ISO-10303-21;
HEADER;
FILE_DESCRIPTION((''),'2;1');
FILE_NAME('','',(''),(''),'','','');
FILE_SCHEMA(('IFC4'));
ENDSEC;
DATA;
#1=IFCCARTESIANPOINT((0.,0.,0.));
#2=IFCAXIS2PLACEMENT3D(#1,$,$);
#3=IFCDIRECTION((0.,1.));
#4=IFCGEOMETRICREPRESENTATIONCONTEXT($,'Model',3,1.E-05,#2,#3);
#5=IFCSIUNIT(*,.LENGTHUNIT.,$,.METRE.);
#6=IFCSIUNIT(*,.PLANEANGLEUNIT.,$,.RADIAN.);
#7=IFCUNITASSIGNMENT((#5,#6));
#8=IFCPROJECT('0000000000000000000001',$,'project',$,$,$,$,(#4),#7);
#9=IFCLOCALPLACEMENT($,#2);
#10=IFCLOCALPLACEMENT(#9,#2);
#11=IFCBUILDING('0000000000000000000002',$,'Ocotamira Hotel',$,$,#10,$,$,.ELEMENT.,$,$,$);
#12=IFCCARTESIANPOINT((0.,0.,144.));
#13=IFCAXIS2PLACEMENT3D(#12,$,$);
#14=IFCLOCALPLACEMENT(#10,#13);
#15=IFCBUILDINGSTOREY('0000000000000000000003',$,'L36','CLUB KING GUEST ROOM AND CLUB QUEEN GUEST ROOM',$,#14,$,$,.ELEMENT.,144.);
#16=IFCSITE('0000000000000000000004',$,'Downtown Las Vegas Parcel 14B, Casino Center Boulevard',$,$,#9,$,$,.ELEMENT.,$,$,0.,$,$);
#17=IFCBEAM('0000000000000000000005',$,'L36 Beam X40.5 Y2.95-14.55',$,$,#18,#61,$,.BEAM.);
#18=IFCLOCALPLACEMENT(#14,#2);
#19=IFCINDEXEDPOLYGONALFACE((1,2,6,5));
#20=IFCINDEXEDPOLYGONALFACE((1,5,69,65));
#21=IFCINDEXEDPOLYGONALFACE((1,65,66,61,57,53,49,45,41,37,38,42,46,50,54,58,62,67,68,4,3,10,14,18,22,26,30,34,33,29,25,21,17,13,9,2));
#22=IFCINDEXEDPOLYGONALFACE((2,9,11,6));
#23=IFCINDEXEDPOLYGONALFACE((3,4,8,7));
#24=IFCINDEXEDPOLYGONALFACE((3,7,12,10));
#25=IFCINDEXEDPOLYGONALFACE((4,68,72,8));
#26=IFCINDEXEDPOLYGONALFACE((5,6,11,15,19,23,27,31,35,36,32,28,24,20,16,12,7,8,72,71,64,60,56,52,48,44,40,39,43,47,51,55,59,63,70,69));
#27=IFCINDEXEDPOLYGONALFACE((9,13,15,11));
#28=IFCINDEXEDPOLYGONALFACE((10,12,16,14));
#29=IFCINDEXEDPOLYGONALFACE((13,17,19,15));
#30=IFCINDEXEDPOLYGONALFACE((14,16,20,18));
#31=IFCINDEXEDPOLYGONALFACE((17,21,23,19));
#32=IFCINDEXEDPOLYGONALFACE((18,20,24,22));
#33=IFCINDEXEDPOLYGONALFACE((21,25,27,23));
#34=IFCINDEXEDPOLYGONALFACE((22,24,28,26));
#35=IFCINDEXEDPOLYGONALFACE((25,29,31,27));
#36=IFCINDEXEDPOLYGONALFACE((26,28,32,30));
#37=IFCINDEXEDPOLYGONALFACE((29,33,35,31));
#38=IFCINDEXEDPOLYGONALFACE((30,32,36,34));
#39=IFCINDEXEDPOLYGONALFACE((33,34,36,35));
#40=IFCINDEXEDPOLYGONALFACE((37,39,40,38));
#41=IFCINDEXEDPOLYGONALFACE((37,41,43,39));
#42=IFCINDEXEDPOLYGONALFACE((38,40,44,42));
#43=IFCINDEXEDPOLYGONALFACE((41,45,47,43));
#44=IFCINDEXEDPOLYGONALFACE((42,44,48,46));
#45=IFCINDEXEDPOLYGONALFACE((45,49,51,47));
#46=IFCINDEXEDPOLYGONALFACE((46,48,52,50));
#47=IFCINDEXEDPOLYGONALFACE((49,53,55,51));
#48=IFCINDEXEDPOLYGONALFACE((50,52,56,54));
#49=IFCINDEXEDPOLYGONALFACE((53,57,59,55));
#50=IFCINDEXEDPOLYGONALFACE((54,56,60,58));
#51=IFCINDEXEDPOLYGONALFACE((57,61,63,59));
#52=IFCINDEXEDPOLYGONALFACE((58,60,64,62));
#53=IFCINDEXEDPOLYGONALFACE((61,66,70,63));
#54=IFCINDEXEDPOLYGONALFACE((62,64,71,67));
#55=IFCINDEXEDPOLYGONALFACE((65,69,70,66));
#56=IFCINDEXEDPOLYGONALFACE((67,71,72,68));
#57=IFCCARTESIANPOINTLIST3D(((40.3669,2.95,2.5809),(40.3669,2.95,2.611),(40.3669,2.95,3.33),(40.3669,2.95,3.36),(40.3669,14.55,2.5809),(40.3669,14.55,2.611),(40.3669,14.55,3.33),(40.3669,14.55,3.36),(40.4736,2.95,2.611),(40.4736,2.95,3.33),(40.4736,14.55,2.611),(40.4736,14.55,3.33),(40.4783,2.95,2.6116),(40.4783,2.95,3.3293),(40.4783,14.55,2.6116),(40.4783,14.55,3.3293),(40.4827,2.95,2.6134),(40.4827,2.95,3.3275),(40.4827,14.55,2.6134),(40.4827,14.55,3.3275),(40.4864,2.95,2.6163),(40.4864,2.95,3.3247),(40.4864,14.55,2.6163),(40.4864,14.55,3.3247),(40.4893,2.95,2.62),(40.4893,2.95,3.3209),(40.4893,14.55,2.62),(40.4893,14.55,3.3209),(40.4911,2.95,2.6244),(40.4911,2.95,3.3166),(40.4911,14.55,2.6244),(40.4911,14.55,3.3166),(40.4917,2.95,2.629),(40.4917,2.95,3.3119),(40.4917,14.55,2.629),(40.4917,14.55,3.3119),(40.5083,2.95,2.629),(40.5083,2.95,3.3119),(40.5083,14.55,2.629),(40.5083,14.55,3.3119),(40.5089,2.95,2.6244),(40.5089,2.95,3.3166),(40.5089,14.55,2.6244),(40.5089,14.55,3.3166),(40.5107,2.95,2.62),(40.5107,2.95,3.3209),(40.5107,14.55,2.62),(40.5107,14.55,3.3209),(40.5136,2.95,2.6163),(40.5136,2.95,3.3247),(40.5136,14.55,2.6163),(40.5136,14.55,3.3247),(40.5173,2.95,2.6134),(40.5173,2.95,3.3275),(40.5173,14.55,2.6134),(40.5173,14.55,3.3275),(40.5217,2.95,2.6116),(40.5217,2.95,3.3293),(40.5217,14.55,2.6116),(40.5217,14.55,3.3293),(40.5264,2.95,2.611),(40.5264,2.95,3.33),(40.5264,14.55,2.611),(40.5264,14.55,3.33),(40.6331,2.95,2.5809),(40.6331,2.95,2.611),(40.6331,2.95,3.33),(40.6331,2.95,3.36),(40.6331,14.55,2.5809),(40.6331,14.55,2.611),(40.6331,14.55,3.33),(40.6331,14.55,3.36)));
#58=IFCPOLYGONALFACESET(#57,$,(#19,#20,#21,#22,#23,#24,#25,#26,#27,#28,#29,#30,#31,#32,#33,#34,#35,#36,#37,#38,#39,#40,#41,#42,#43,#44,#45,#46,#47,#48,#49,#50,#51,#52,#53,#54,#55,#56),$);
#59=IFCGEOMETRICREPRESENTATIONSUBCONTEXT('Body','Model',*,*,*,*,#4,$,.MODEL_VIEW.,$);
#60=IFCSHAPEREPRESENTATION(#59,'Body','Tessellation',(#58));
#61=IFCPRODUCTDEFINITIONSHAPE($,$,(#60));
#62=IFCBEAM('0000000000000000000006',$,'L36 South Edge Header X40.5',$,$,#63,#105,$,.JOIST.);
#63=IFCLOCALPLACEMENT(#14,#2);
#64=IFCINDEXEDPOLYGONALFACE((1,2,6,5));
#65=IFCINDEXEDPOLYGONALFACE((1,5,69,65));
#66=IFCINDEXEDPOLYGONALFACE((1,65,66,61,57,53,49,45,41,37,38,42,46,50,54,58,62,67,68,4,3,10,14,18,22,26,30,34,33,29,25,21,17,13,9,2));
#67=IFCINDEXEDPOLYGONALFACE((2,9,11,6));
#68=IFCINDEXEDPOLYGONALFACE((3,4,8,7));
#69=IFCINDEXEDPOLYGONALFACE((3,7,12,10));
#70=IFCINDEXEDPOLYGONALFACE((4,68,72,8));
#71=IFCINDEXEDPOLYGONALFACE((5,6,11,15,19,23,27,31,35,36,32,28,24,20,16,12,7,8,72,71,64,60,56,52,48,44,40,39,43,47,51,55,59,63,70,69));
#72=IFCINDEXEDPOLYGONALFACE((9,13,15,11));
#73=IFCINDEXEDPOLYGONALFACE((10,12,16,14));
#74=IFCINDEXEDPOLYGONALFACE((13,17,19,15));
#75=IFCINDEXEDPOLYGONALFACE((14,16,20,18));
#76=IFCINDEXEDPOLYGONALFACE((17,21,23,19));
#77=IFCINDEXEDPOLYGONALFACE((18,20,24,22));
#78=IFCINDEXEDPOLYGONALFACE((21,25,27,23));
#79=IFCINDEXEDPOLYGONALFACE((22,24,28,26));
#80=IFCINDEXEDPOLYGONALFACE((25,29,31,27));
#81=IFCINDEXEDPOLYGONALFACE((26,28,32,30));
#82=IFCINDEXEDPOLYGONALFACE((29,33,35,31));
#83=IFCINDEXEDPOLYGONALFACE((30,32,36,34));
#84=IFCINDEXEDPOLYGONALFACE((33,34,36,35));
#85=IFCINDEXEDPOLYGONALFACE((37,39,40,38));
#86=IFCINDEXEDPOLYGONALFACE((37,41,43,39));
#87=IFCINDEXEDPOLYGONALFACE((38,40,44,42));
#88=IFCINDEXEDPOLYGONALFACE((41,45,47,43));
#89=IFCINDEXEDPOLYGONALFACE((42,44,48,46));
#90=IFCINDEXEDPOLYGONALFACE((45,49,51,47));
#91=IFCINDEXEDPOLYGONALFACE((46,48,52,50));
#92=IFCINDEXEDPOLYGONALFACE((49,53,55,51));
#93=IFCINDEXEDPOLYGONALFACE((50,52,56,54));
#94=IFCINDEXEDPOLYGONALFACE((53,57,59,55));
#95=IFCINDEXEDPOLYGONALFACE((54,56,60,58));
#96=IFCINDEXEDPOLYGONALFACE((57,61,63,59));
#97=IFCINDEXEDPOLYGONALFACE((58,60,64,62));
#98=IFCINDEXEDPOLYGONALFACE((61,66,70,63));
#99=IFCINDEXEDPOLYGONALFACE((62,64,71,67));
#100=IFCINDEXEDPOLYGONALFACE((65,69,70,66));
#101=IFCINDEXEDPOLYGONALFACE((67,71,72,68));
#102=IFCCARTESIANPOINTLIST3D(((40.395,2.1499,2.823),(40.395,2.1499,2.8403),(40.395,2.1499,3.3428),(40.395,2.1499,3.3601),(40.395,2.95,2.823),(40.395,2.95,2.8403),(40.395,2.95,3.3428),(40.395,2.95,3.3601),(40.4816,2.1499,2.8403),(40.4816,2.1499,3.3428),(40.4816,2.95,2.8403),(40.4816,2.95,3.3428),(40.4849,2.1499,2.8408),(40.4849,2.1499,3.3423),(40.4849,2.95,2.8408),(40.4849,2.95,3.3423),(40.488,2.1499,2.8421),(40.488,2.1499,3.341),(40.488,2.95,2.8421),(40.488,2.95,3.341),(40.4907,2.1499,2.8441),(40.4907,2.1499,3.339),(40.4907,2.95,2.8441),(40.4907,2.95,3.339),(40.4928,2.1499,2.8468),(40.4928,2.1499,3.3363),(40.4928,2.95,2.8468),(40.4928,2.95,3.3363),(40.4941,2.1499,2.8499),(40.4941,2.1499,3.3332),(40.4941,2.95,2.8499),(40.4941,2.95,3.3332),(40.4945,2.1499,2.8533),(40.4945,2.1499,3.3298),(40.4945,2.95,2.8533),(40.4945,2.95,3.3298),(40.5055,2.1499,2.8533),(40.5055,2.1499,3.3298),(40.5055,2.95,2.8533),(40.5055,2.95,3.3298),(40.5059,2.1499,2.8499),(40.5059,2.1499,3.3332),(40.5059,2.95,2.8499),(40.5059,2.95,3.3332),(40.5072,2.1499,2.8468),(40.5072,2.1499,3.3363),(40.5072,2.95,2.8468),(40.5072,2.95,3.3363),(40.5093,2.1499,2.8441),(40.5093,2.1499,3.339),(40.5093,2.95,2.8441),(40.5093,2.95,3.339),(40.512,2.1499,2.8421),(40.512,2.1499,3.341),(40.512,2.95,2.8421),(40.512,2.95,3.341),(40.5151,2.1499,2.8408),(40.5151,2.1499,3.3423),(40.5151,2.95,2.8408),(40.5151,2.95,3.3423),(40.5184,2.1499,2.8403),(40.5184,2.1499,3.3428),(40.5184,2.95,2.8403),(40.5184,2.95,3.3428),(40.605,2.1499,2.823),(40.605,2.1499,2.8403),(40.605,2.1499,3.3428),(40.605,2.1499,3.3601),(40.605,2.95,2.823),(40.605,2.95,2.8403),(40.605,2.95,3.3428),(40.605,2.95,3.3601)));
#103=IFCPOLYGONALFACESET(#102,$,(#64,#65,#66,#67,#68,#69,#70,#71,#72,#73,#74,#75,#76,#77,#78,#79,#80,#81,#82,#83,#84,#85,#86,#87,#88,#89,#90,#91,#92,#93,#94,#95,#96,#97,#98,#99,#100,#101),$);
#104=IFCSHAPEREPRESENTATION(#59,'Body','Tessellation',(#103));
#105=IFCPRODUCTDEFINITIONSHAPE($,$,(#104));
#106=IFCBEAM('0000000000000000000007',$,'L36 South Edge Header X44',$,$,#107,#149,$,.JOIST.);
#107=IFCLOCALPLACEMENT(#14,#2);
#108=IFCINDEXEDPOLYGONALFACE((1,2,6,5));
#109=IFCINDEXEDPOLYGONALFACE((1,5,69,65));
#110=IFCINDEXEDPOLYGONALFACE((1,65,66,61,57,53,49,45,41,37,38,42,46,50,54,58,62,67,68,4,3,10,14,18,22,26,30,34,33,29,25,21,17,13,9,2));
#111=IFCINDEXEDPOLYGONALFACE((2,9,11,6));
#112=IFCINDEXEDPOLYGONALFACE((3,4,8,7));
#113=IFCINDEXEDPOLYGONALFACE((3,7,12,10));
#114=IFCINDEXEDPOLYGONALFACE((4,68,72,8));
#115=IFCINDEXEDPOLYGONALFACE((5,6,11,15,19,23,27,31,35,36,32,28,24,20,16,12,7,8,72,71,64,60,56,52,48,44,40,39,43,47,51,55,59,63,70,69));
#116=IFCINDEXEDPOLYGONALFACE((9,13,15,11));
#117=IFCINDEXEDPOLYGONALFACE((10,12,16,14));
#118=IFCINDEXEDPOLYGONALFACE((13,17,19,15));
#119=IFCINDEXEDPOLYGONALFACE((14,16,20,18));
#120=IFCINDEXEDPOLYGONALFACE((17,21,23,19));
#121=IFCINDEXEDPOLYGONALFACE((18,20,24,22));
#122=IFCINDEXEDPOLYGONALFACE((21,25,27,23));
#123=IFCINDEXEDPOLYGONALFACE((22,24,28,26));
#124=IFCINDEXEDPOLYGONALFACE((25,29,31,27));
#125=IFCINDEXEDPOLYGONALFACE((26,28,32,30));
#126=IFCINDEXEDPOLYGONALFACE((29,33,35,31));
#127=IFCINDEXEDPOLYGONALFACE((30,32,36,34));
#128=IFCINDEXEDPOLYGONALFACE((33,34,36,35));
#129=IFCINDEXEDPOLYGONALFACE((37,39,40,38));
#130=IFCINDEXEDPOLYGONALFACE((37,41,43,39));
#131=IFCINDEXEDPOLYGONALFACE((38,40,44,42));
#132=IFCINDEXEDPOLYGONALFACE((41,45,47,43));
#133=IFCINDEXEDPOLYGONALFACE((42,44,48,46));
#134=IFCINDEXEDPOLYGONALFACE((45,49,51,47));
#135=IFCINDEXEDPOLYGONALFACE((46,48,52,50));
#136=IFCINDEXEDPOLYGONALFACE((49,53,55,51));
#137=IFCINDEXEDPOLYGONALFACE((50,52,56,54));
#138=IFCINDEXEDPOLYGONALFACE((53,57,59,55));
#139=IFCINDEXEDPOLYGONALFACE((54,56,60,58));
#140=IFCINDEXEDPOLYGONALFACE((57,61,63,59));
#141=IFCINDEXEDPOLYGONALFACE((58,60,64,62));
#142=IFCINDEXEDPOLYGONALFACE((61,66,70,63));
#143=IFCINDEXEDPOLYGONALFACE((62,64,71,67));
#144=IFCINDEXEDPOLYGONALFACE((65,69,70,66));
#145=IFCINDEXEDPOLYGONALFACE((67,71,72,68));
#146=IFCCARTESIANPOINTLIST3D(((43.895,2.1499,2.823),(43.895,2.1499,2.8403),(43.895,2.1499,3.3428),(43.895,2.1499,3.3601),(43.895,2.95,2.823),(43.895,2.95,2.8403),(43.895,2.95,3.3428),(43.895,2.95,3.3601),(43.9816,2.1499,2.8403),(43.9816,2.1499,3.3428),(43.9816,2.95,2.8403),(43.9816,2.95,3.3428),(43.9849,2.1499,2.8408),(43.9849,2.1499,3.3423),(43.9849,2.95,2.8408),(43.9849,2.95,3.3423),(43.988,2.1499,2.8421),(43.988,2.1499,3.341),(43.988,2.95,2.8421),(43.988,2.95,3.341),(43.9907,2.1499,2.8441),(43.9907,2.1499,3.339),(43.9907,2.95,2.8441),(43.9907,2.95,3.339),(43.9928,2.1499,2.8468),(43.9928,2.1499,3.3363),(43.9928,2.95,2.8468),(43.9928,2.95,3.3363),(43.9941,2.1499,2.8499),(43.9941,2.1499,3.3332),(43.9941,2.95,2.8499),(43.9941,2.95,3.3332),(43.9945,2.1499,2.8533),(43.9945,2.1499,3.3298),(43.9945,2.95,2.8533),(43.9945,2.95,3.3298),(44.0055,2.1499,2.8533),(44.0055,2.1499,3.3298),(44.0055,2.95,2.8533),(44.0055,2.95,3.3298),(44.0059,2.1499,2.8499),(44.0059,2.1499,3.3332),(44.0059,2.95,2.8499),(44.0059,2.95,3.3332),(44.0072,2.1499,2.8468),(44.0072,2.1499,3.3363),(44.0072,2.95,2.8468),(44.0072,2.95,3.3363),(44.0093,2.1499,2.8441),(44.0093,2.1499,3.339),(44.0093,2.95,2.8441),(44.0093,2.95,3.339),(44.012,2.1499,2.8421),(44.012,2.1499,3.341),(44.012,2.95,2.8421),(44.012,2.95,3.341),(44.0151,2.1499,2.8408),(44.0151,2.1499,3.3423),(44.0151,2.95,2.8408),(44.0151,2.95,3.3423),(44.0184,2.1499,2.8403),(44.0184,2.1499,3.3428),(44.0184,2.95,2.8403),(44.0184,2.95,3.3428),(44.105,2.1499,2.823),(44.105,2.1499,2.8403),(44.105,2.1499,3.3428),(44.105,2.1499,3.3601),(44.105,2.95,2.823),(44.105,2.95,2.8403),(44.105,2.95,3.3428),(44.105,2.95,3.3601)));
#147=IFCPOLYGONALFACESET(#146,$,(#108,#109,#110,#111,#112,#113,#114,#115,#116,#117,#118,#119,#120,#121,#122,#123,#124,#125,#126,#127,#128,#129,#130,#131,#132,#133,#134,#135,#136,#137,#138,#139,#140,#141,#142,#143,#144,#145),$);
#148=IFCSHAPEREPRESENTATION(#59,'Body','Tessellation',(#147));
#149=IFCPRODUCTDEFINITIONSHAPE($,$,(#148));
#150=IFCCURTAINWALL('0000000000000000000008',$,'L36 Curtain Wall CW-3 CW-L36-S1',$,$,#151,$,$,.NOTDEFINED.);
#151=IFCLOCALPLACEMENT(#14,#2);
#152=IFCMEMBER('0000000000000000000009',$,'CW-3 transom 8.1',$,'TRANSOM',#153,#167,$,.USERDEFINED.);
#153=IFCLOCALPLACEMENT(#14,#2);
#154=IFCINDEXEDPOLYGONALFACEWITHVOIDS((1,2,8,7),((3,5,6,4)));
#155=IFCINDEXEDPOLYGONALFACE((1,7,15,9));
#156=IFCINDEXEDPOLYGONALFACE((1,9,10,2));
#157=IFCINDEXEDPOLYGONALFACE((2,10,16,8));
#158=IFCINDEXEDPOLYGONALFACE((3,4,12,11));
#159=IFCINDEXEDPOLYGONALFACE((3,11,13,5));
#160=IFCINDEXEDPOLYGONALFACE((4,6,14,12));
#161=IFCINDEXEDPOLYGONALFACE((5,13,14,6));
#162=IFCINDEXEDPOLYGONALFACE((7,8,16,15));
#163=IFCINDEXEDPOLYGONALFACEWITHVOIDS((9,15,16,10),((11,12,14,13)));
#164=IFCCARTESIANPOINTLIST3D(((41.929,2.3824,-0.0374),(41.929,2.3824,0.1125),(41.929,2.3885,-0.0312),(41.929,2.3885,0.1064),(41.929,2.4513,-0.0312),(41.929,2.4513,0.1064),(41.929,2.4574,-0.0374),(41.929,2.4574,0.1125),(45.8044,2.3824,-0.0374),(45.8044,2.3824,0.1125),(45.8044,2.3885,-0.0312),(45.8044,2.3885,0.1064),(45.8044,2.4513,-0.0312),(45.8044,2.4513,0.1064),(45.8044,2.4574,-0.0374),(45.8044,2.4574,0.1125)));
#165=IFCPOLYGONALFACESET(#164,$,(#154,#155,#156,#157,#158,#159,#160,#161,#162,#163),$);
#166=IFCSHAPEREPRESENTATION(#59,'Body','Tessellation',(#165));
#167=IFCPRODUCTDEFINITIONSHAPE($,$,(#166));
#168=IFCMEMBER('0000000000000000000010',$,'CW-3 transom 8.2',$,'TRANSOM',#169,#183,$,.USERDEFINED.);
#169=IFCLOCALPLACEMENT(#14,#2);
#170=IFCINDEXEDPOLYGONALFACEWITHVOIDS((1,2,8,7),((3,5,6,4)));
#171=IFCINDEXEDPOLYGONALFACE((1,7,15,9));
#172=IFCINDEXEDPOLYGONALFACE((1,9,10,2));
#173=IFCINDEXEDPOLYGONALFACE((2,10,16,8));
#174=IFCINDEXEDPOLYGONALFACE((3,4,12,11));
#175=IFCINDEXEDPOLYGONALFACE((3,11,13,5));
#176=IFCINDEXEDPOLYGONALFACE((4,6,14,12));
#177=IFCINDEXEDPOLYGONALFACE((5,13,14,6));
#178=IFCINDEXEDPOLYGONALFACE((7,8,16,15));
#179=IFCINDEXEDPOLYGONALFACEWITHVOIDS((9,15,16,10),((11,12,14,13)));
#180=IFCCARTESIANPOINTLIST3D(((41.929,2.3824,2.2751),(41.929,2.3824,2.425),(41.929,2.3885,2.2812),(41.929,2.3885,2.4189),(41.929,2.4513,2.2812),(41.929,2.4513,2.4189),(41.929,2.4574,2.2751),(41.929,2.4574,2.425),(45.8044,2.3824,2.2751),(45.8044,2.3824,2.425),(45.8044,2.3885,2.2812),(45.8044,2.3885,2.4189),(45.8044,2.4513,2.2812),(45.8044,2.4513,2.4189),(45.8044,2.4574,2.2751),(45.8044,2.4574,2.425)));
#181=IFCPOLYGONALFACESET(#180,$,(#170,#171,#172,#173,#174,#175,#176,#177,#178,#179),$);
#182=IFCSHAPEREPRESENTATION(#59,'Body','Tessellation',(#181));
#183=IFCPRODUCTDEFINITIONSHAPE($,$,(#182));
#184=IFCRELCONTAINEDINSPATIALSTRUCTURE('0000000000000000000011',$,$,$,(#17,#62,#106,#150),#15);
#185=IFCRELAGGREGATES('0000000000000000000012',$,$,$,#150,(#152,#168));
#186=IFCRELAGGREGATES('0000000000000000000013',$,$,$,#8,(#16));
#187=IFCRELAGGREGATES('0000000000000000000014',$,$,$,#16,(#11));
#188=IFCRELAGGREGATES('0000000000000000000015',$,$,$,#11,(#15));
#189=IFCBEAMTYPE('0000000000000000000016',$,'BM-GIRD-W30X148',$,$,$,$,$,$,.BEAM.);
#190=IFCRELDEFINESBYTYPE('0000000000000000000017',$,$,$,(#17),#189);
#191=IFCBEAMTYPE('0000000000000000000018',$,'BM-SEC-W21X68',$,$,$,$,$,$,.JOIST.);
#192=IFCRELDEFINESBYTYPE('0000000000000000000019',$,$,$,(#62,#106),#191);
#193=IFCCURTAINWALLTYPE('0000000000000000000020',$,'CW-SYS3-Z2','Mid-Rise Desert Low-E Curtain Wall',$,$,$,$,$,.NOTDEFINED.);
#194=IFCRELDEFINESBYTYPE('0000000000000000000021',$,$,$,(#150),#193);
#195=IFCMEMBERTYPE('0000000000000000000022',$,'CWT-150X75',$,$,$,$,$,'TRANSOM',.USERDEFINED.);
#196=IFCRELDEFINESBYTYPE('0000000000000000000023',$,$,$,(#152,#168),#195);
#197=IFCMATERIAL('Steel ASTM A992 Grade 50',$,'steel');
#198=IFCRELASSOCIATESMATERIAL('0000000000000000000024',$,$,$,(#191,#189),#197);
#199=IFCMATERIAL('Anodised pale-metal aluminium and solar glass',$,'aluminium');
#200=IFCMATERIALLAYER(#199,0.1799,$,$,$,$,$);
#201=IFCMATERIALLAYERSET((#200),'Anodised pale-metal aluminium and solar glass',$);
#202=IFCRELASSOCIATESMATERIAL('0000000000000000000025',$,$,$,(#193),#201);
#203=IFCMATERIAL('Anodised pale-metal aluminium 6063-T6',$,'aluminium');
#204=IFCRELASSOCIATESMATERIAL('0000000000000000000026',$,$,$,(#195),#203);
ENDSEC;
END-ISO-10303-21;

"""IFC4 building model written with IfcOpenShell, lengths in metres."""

from ifc_helpers import new_model, si_unit, direction, frame, origin, origin_2d, place, context, subcontext, project, spatial, hollow_rectangle, i_section, extrude, source, transform, mapped, material, layer, layer_set, material_profile, profile_set, type_object, element, aggregate, save


model = new_model("IFC4")

# Units and contexts
model_context = context("Model", 3, precision=1e-05, world=origin(), true_north=direction((0.0, 1.0)))
body_context = subcontext(model_context, "Body", "Model", "MODEL_VIEW")
ifc_project = project(units=[si_unit("LENGTHUNIT", "METRE"), si_unit("PLANEANGLEUNIT", "RADIAN")], contexts=[model_context])

# Site, building, storey
site_placement = place(None, origin())
site = spatial("IfcSite", under=ifc_project, at=site_placement, Name="Downtown Las Vegas Parcel 14B, Casino Center Boulevard", CompositionType="ELEMENT", RefElevation=0.0)
building_placement = place(site_placement, origin())
building = spatial("IfcBuilding", under=site, at=building_placement, Name="Ocotamira Hotel", CompositionType="ELEMENT")
storey_placement = place(building_placement, frame((0.0, 0.0, 144.0)))
storey = spatial("IfcBuildingStorey", under=building, at=storey_placement, Name="L36", Description="CLUB KING GUEST ROOM AND CLUB QUEEN GUEST ROOM", CompositionType="ELEMENT", Elevation=144.0)

# Beams
ifc_material_1 = material(Name="Steel ASTM A992 Grade 50", Category="steel")
ifc_material_profile_1 = material_profile(ifc_material_1, i_section(OverallWidth=0.21, OverallDepth=0.5371, WebThickness=0.011, FlangeThickness=0.0173, FilletRadius=0.0129, at=origin_2d()), Name="W21X68")
ifc_profile_set_1 = profile_set([ifc_material_profile_1], Name="Steel ASTM A992 Grade 50")
beam_type_1 = type_object("IfcBeamType", Name="BM-SEC-W21X68", PredefinedType="JOIST", material=ifc_profile_set_1)
ifc_material_profile_2 = material_profile(ifc_material_1, i_section(OverallWidth=0.2661, OverallDepth=0.7791, WebThickness=0.0166, FlangeThickness=0.03, FilletRadius=0.0181, at=origin_2d()), Name="W30X148")
ifc_profile_set_2 = profile_set([ifc_material_profile_2], Name="Steel ASTM A992 Grade 50")
beam_type_2 = type_object("IfcBeamType", Name="BM-GIRD-W30X148", PredefinedType="BEAM", material=ifc_profile_set_2)
shared_shape_1 = source(origin(), body_context, "Body", "SweptSolid", [
    extrude(i_section(OverallWidth=0.2661, OverallDepth=0.7791, WebThickness=0.0166, FlangeThickness=0.03, FilletRadius=0.0181, at=origin_2d()), origin(), (0.0, 0.0, 1.0), 11.6001),
])
beam_1_placement = place(storey_placement, frame((40.5, 2.95, 2.9705), z_axis=(0.0, 1.0, 0.0), x_axis=(-1.0, 0.0, 0.0)))
element("IfcBeam", 1, at=beam_1_placement, inside=storey, type_object=beam_type_2, Name="L36 Beam X40.5 Y2.95-14.55", PredefinedType="BEAM", context=body_context, shape_type="MappedRepresentation", body=[
    mapped(shared_shape_1, transform((0.0, 0.0, 0.0), scale=1.0)),
])
shared_shape_2 = source(origin(), body_context, "Body", "SweptSolid", [
    extrude(i_section(OverallWidth=0.21, OverallDepth=0.5371, WebThickness=0.011, FlangeThickness=0.0173, FilletRadius=0.0129, at=origin_2d()), origin(), (0.0, 0.0, 1.0), 0.8),
])
for number, where, z_axis, x_axis, name in (
    (2, (40.5, 2.95, 3.0916), (0.0, -1.0, 0.0), (1.0, 0.0, 0.0), "L36 South Edge Header X40.5"),
    (3, (44.0, 2.95, 3.0916), (0.0, -1.0, 0.0), (1.0, 0.0, 0.0), "L36 South Edge Header X44"),
):
    element("IfcBeam", number, at=place(storey_placement, frame(where, z_axis=z_axis, x_axis=x_axis)), inside=storey, type_object=beam_type_1, Name=name, PredefinedType="JOIST", context=body_context, shape_type="MappedRepresentation", body=[
        mapped(shared_shape_2, transform((0.0, 0.0, 0.0), scale=1.0)),
    ])

# Curtain wall, members
ifc_material_2 = material(Name="Anodised pale-metal aluminium and solar glass", Category="aluminium")
ifc_layer_1 = layer(ifc_material_2, 0.1799)
ifc_layer_set_1 = layer_set([ifc_layer_1], Name="Anodised pale-metal aluminium and solar glass")
curtain_wall_type = type_object("IfcCurtainWallType", Name="CW-SYS3-Z2", Description="Mid-Rise Desert Low-E Curtain Wall", PredefinedType="NOTDEFINED", material=ifc_layer_set_1)
curtain_wall_placement = place(storey_placement, origin())
curtain_wall = element("IfcCurtainWall", 4, at=curtain_wall_placement, inside=storey, type_object=curtain_wall_type, Name="L36 Curtain Wall CW-3 CW-L36-S1", PredefinedType="NOTDEFINED")
ifc_material_3 = material(Name="Anodised pale-metal aluminium 6063-T6", Category="aluminium")
ifc_material_profile_3 = material_profile(ifc_material_3, hollow_rectangle(XDim=0.075, YDim=0.1499, WallThickness=0.0061, at=origin_2d()), Name="HSS150X75X6")
ifc_profile_set_3 = profile_set([ifc_material_profile_3], Name="Anodised pale-metal aluminium 6063-T6")
member_type_1 = type_object("IfcMemberType", Name="CWT-150X75", ElementType="TRANSOM", PredefinedType="USERDEFINED", material=ifc_profile_set_3)
shared_shape_3 = source(origin(), body_context, "Body", "SweptSolid", [
    extrude(hollow_rectangle(XDim=0.075, YDim=0.1499, WallThickness=0.0061, at=origin_2d()), origin(), (0.0, 0.0, 1.0), 3.8755),
])
member_1_placement = place(storey_placement, frame((41.929, 2.4199, 0.0376), z_axis=(1.0, 0.0, 0.0), x_axis=(0.0, 1.0, 0.0)))
member_1 = element("IfcMember", 5, at=member_1_placement, type_object=member_type_1, Name="CW-3 transom 8.1", ObjectType="TRANSOM", PredefinedType="USERDEFINED", context=body_context, shape_type="MappedRepresentation", body=[
    mapped(shared_shape_3, transform((0.0, 0.0, 0.0), scale=1.0)),
])
member_2_placement = place(storey_placement, frame((41.929, 2.4199, 2.3501), z_axis=(1.0, 0.0, 0.0), x_axis=(0.0, 1.0, 0.0)))
member_2 = element("IfcMember", 6, at=member_2_placement, type_object=member_type_1, Name="CW-3 transom 8.2", ObjectType="TRANSOM", PredefinedType="USERDEFINED", context=body_context, shape_type="MappedRepresentation", body=[
    mapped(shared_shape_3, transform((0.0, 0.0, 0.0), scale=1.0)),
])
aggregate(curtain_wall, [member_1, member_2])

save(model, "model.ifc")
